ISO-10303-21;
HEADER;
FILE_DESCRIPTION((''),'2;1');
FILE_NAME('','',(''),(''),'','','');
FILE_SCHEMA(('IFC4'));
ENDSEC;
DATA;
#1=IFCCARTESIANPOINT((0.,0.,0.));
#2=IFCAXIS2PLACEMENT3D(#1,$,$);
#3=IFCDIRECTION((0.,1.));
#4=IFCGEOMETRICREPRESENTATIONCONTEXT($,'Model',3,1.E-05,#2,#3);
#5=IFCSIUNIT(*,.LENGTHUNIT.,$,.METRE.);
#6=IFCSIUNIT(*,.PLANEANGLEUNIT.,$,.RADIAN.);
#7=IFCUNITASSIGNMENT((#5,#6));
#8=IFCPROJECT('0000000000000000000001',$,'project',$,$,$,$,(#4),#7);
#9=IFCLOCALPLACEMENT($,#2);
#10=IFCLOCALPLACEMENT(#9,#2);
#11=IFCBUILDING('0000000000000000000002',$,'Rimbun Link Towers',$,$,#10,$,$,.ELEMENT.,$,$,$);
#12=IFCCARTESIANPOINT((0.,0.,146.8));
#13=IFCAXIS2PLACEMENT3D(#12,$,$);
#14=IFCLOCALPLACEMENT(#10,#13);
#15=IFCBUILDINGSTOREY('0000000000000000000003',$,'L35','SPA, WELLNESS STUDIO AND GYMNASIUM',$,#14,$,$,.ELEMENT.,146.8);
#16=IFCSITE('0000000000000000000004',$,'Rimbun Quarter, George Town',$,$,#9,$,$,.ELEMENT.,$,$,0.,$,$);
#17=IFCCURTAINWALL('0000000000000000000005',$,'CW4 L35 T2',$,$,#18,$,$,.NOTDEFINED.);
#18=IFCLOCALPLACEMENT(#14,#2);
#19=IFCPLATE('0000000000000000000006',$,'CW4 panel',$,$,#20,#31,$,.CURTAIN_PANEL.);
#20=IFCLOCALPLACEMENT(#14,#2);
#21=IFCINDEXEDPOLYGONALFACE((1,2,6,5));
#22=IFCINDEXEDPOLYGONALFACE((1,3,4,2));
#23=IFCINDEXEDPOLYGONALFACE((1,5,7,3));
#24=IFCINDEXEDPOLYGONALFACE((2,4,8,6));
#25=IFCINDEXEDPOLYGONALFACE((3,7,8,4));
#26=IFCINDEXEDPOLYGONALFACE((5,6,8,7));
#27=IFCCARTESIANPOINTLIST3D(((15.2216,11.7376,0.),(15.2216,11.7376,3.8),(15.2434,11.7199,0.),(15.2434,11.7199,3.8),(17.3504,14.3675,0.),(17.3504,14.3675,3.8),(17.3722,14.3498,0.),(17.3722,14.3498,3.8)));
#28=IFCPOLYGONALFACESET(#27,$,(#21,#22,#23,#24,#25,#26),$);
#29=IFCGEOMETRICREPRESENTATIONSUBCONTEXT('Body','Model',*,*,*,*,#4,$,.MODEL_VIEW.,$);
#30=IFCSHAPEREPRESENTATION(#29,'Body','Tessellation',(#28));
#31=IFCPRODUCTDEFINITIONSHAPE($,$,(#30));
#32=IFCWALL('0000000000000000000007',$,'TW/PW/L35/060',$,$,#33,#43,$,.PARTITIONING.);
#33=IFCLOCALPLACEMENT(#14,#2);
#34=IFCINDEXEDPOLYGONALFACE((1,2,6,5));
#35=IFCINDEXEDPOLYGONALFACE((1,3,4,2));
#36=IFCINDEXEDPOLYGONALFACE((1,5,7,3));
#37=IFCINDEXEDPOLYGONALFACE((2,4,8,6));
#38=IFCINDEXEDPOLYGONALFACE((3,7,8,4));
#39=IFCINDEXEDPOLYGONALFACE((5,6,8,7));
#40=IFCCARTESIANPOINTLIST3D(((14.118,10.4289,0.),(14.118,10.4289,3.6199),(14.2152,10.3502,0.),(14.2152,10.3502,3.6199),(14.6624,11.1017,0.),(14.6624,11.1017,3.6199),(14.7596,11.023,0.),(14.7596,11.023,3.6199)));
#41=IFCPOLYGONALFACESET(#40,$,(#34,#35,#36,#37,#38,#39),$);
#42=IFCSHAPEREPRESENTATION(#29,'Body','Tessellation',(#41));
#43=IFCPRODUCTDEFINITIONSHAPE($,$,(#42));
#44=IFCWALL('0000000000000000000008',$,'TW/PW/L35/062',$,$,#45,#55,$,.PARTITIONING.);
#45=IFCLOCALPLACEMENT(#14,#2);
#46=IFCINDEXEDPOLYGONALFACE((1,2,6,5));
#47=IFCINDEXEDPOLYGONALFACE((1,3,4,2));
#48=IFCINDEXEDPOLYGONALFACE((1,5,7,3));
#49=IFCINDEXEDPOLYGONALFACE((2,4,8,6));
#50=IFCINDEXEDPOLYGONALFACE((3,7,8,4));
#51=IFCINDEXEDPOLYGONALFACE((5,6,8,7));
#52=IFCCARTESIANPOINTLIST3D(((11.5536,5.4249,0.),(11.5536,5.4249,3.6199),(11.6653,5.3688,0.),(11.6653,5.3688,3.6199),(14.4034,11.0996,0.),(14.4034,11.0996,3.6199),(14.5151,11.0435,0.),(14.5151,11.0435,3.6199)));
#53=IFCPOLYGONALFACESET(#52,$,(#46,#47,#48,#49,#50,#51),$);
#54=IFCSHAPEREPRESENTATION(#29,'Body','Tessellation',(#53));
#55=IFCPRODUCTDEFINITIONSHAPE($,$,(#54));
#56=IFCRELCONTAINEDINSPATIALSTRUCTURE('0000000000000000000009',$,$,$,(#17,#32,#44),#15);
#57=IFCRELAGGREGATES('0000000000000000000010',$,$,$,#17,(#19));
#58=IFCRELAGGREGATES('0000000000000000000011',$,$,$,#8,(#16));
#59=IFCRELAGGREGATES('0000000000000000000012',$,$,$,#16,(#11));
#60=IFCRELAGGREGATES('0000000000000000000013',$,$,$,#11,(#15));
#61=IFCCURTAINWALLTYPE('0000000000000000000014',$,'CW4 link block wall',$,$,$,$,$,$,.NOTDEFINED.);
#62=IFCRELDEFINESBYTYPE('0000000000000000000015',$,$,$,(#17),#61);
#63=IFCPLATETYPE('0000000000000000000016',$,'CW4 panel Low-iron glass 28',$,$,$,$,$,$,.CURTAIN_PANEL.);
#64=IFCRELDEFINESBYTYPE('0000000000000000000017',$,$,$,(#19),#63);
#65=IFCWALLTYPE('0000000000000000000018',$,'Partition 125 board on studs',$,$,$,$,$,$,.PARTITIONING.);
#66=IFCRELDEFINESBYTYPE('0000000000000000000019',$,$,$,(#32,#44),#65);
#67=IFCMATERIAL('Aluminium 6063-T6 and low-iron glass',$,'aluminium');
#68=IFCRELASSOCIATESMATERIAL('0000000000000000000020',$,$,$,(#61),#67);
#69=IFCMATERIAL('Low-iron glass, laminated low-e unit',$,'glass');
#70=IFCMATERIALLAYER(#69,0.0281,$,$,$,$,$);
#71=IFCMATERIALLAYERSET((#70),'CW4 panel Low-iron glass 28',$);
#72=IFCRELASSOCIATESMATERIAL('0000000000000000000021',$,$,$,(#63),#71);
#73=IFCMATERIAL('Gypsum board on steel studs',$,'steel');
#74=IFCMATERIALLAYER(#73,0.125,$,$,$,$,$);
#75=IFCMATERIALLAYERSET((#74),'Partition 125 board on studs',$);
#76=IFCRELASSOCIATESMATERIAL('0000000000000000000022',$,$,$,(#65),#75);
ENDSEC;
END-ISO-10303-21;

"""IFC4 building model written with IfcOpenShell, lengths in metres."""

from ifc_helpers import new_model, si_unit, direction, frame, frame_2d, origin, origin_2d, place, context, subcontext, project, spatial, rectangle, extrude, material, layer, layer_set, type_object, element, aggregate, save


model = new_model("IFC4")

# Units and contexts
model_context = context("Model", 3, precision=1e-05, world=origin(), true_north=direction((0.0, 1.0)))
body_context = subcontext(model_context, "Body", "Model", "MODEL_VIEW")
ifc_project = project(units=[si_unit("LENGTHUNIT", "METRE"), si_unit("PLANEANGLEUNIT", "RADIAN")], contexts=[model_context])

# Site, building, storey
site_placement = place(None, origin())
site = spatial("IfcSite", under=ifc_project, at=site_placement, Name="Rimbun Quarter, George Town", CompositionType="ELEMENT", RefElevation=0.0)
building_placement = place(site_placement, origin())
building = spatial("IfcBuilding", under=site, at=building_placement, Name="Rimbun Link Towers", CompositionType="ELEMENT")
storey_placement = place(building_placement, frame((0.0, 0.0, 146.8)))
storey = spatial("IfcBuildingStorey", under=building, at=storey_placement, Name="L35", Description="SPA, WELLNESS STUDIO AND GYMNASIUM", CompositionType="ELEMENT", Elevation=146.8)

# Curtain wall
ifc_material_1 = material(Name="Aluminium 6063-T6 and low-iron glass", Category="aluminium")
curtain_wall_type = type_object("IfcCurtainWallType", Name="CW4 link block wall", PredefinedType="NOTDEFINED", material=ifc_material_1)
curtain_wall_1_placement = place(storey_placement, origin())
curtain_wall_1 = element("IfcCurtainWall", 1, at=curtain_wall_1_placement, inside=storey, type_object=curtain_wall_type, Name="CW4 L35 T2", PredefinedType="NOTDEFINED")

# Plate
ifc_material_2 = material(Name="Low-iron glass, laminated low-e unit", Category="glass")
ifc_layer_1 = layer(ifc_material_2, 0.0281)
ifc_layer_set_1 = layer_set([ifc_layer_1], Name="CW4 panel Low-iron glass 28")
plate_type = type_object("IfcPlateType", Name="CW4 panel Low-iron glass 28", PredefinedType="CURTAIN_PANEL", material=ifc_layer_set_1)
plate_1_placement = place(storey_placement, frame((16.2969, 13.0437, 0.0), z_axis=(0.0, 0.0, 1.0), x_axis=(0.629159, 0.777277, 0.0)))
plate_1 = element("IfcPlate", 2, at=plate_1_placement, type_object=plate_type, Name="CW4 panel", PredefinedType="CURTAIN_PANEL", context=body_context, shape_type="SweptSolid", body=[
    extrude(rectangle(XDim=3.3835, YDim=0.0281, at=origin_2d()), origin(), (0.0, 0.0, 1.0), 3.8),
])
aggregate(curtain_wall_1, [plate_1])

# Walls
ifc_material_3 = material(Name="Gypsum board on steel studs", Category="steel")
ifc_layer_2 = layer(ifc_material_3, 0.125)
ifc_layer_set_2 = layer_set([ifc_layer_2], Name="Partition 125 board on studs")
wall_type = type_object("IfcWallType", Name="Partition 125 board on studs", PredefinedType="PARTITIONING", material=ifc_layer_set_2)
wall_1_placement = place(storey_placement, frame((14.7109, 11.0623, 0.0), z_axis=(0.0, 0.0, 1.0), x_axis=(-0.62902, -0.777389, 0.0)))
element("IfcWall", 3, at=wall_1_placement, inside=storey, type_object=wall_type, Name="TW/PW/L35/060", PredefinedType="PARTITIONING", context=body_context, shape_type="SweptSolid", body=[
    extrude(rectangle(XDim=0.8655, YDim=0.125, at=frame_2d((0.4326, 0.0))), origin(), (0.0, 0.0, 1.0), 3.6199),
])
wall_2_placement = place(storey_placement, frame((14.4592, 11.0715, 0.0), z_axis=(0.0, 0.0, 1.0), x_axis=(-0.448782, -0.893642, 0.0)))
element("IfcWall", 4, at=wall_2_placement, inside=storey, type_object=wall_type, Name="TW/PW/L35/062", PredefinedType="PARTITIONING", context=body_context, shape_type="SweptSolid", body=[
    extrude(rectangle(XDim=6.3501, YDim=0.125, at=frame_2d((3.175, 0.0))), origin(), (0.0, 0.0, 1.0), 3.6199),
])

save(model, "model.ifc")
